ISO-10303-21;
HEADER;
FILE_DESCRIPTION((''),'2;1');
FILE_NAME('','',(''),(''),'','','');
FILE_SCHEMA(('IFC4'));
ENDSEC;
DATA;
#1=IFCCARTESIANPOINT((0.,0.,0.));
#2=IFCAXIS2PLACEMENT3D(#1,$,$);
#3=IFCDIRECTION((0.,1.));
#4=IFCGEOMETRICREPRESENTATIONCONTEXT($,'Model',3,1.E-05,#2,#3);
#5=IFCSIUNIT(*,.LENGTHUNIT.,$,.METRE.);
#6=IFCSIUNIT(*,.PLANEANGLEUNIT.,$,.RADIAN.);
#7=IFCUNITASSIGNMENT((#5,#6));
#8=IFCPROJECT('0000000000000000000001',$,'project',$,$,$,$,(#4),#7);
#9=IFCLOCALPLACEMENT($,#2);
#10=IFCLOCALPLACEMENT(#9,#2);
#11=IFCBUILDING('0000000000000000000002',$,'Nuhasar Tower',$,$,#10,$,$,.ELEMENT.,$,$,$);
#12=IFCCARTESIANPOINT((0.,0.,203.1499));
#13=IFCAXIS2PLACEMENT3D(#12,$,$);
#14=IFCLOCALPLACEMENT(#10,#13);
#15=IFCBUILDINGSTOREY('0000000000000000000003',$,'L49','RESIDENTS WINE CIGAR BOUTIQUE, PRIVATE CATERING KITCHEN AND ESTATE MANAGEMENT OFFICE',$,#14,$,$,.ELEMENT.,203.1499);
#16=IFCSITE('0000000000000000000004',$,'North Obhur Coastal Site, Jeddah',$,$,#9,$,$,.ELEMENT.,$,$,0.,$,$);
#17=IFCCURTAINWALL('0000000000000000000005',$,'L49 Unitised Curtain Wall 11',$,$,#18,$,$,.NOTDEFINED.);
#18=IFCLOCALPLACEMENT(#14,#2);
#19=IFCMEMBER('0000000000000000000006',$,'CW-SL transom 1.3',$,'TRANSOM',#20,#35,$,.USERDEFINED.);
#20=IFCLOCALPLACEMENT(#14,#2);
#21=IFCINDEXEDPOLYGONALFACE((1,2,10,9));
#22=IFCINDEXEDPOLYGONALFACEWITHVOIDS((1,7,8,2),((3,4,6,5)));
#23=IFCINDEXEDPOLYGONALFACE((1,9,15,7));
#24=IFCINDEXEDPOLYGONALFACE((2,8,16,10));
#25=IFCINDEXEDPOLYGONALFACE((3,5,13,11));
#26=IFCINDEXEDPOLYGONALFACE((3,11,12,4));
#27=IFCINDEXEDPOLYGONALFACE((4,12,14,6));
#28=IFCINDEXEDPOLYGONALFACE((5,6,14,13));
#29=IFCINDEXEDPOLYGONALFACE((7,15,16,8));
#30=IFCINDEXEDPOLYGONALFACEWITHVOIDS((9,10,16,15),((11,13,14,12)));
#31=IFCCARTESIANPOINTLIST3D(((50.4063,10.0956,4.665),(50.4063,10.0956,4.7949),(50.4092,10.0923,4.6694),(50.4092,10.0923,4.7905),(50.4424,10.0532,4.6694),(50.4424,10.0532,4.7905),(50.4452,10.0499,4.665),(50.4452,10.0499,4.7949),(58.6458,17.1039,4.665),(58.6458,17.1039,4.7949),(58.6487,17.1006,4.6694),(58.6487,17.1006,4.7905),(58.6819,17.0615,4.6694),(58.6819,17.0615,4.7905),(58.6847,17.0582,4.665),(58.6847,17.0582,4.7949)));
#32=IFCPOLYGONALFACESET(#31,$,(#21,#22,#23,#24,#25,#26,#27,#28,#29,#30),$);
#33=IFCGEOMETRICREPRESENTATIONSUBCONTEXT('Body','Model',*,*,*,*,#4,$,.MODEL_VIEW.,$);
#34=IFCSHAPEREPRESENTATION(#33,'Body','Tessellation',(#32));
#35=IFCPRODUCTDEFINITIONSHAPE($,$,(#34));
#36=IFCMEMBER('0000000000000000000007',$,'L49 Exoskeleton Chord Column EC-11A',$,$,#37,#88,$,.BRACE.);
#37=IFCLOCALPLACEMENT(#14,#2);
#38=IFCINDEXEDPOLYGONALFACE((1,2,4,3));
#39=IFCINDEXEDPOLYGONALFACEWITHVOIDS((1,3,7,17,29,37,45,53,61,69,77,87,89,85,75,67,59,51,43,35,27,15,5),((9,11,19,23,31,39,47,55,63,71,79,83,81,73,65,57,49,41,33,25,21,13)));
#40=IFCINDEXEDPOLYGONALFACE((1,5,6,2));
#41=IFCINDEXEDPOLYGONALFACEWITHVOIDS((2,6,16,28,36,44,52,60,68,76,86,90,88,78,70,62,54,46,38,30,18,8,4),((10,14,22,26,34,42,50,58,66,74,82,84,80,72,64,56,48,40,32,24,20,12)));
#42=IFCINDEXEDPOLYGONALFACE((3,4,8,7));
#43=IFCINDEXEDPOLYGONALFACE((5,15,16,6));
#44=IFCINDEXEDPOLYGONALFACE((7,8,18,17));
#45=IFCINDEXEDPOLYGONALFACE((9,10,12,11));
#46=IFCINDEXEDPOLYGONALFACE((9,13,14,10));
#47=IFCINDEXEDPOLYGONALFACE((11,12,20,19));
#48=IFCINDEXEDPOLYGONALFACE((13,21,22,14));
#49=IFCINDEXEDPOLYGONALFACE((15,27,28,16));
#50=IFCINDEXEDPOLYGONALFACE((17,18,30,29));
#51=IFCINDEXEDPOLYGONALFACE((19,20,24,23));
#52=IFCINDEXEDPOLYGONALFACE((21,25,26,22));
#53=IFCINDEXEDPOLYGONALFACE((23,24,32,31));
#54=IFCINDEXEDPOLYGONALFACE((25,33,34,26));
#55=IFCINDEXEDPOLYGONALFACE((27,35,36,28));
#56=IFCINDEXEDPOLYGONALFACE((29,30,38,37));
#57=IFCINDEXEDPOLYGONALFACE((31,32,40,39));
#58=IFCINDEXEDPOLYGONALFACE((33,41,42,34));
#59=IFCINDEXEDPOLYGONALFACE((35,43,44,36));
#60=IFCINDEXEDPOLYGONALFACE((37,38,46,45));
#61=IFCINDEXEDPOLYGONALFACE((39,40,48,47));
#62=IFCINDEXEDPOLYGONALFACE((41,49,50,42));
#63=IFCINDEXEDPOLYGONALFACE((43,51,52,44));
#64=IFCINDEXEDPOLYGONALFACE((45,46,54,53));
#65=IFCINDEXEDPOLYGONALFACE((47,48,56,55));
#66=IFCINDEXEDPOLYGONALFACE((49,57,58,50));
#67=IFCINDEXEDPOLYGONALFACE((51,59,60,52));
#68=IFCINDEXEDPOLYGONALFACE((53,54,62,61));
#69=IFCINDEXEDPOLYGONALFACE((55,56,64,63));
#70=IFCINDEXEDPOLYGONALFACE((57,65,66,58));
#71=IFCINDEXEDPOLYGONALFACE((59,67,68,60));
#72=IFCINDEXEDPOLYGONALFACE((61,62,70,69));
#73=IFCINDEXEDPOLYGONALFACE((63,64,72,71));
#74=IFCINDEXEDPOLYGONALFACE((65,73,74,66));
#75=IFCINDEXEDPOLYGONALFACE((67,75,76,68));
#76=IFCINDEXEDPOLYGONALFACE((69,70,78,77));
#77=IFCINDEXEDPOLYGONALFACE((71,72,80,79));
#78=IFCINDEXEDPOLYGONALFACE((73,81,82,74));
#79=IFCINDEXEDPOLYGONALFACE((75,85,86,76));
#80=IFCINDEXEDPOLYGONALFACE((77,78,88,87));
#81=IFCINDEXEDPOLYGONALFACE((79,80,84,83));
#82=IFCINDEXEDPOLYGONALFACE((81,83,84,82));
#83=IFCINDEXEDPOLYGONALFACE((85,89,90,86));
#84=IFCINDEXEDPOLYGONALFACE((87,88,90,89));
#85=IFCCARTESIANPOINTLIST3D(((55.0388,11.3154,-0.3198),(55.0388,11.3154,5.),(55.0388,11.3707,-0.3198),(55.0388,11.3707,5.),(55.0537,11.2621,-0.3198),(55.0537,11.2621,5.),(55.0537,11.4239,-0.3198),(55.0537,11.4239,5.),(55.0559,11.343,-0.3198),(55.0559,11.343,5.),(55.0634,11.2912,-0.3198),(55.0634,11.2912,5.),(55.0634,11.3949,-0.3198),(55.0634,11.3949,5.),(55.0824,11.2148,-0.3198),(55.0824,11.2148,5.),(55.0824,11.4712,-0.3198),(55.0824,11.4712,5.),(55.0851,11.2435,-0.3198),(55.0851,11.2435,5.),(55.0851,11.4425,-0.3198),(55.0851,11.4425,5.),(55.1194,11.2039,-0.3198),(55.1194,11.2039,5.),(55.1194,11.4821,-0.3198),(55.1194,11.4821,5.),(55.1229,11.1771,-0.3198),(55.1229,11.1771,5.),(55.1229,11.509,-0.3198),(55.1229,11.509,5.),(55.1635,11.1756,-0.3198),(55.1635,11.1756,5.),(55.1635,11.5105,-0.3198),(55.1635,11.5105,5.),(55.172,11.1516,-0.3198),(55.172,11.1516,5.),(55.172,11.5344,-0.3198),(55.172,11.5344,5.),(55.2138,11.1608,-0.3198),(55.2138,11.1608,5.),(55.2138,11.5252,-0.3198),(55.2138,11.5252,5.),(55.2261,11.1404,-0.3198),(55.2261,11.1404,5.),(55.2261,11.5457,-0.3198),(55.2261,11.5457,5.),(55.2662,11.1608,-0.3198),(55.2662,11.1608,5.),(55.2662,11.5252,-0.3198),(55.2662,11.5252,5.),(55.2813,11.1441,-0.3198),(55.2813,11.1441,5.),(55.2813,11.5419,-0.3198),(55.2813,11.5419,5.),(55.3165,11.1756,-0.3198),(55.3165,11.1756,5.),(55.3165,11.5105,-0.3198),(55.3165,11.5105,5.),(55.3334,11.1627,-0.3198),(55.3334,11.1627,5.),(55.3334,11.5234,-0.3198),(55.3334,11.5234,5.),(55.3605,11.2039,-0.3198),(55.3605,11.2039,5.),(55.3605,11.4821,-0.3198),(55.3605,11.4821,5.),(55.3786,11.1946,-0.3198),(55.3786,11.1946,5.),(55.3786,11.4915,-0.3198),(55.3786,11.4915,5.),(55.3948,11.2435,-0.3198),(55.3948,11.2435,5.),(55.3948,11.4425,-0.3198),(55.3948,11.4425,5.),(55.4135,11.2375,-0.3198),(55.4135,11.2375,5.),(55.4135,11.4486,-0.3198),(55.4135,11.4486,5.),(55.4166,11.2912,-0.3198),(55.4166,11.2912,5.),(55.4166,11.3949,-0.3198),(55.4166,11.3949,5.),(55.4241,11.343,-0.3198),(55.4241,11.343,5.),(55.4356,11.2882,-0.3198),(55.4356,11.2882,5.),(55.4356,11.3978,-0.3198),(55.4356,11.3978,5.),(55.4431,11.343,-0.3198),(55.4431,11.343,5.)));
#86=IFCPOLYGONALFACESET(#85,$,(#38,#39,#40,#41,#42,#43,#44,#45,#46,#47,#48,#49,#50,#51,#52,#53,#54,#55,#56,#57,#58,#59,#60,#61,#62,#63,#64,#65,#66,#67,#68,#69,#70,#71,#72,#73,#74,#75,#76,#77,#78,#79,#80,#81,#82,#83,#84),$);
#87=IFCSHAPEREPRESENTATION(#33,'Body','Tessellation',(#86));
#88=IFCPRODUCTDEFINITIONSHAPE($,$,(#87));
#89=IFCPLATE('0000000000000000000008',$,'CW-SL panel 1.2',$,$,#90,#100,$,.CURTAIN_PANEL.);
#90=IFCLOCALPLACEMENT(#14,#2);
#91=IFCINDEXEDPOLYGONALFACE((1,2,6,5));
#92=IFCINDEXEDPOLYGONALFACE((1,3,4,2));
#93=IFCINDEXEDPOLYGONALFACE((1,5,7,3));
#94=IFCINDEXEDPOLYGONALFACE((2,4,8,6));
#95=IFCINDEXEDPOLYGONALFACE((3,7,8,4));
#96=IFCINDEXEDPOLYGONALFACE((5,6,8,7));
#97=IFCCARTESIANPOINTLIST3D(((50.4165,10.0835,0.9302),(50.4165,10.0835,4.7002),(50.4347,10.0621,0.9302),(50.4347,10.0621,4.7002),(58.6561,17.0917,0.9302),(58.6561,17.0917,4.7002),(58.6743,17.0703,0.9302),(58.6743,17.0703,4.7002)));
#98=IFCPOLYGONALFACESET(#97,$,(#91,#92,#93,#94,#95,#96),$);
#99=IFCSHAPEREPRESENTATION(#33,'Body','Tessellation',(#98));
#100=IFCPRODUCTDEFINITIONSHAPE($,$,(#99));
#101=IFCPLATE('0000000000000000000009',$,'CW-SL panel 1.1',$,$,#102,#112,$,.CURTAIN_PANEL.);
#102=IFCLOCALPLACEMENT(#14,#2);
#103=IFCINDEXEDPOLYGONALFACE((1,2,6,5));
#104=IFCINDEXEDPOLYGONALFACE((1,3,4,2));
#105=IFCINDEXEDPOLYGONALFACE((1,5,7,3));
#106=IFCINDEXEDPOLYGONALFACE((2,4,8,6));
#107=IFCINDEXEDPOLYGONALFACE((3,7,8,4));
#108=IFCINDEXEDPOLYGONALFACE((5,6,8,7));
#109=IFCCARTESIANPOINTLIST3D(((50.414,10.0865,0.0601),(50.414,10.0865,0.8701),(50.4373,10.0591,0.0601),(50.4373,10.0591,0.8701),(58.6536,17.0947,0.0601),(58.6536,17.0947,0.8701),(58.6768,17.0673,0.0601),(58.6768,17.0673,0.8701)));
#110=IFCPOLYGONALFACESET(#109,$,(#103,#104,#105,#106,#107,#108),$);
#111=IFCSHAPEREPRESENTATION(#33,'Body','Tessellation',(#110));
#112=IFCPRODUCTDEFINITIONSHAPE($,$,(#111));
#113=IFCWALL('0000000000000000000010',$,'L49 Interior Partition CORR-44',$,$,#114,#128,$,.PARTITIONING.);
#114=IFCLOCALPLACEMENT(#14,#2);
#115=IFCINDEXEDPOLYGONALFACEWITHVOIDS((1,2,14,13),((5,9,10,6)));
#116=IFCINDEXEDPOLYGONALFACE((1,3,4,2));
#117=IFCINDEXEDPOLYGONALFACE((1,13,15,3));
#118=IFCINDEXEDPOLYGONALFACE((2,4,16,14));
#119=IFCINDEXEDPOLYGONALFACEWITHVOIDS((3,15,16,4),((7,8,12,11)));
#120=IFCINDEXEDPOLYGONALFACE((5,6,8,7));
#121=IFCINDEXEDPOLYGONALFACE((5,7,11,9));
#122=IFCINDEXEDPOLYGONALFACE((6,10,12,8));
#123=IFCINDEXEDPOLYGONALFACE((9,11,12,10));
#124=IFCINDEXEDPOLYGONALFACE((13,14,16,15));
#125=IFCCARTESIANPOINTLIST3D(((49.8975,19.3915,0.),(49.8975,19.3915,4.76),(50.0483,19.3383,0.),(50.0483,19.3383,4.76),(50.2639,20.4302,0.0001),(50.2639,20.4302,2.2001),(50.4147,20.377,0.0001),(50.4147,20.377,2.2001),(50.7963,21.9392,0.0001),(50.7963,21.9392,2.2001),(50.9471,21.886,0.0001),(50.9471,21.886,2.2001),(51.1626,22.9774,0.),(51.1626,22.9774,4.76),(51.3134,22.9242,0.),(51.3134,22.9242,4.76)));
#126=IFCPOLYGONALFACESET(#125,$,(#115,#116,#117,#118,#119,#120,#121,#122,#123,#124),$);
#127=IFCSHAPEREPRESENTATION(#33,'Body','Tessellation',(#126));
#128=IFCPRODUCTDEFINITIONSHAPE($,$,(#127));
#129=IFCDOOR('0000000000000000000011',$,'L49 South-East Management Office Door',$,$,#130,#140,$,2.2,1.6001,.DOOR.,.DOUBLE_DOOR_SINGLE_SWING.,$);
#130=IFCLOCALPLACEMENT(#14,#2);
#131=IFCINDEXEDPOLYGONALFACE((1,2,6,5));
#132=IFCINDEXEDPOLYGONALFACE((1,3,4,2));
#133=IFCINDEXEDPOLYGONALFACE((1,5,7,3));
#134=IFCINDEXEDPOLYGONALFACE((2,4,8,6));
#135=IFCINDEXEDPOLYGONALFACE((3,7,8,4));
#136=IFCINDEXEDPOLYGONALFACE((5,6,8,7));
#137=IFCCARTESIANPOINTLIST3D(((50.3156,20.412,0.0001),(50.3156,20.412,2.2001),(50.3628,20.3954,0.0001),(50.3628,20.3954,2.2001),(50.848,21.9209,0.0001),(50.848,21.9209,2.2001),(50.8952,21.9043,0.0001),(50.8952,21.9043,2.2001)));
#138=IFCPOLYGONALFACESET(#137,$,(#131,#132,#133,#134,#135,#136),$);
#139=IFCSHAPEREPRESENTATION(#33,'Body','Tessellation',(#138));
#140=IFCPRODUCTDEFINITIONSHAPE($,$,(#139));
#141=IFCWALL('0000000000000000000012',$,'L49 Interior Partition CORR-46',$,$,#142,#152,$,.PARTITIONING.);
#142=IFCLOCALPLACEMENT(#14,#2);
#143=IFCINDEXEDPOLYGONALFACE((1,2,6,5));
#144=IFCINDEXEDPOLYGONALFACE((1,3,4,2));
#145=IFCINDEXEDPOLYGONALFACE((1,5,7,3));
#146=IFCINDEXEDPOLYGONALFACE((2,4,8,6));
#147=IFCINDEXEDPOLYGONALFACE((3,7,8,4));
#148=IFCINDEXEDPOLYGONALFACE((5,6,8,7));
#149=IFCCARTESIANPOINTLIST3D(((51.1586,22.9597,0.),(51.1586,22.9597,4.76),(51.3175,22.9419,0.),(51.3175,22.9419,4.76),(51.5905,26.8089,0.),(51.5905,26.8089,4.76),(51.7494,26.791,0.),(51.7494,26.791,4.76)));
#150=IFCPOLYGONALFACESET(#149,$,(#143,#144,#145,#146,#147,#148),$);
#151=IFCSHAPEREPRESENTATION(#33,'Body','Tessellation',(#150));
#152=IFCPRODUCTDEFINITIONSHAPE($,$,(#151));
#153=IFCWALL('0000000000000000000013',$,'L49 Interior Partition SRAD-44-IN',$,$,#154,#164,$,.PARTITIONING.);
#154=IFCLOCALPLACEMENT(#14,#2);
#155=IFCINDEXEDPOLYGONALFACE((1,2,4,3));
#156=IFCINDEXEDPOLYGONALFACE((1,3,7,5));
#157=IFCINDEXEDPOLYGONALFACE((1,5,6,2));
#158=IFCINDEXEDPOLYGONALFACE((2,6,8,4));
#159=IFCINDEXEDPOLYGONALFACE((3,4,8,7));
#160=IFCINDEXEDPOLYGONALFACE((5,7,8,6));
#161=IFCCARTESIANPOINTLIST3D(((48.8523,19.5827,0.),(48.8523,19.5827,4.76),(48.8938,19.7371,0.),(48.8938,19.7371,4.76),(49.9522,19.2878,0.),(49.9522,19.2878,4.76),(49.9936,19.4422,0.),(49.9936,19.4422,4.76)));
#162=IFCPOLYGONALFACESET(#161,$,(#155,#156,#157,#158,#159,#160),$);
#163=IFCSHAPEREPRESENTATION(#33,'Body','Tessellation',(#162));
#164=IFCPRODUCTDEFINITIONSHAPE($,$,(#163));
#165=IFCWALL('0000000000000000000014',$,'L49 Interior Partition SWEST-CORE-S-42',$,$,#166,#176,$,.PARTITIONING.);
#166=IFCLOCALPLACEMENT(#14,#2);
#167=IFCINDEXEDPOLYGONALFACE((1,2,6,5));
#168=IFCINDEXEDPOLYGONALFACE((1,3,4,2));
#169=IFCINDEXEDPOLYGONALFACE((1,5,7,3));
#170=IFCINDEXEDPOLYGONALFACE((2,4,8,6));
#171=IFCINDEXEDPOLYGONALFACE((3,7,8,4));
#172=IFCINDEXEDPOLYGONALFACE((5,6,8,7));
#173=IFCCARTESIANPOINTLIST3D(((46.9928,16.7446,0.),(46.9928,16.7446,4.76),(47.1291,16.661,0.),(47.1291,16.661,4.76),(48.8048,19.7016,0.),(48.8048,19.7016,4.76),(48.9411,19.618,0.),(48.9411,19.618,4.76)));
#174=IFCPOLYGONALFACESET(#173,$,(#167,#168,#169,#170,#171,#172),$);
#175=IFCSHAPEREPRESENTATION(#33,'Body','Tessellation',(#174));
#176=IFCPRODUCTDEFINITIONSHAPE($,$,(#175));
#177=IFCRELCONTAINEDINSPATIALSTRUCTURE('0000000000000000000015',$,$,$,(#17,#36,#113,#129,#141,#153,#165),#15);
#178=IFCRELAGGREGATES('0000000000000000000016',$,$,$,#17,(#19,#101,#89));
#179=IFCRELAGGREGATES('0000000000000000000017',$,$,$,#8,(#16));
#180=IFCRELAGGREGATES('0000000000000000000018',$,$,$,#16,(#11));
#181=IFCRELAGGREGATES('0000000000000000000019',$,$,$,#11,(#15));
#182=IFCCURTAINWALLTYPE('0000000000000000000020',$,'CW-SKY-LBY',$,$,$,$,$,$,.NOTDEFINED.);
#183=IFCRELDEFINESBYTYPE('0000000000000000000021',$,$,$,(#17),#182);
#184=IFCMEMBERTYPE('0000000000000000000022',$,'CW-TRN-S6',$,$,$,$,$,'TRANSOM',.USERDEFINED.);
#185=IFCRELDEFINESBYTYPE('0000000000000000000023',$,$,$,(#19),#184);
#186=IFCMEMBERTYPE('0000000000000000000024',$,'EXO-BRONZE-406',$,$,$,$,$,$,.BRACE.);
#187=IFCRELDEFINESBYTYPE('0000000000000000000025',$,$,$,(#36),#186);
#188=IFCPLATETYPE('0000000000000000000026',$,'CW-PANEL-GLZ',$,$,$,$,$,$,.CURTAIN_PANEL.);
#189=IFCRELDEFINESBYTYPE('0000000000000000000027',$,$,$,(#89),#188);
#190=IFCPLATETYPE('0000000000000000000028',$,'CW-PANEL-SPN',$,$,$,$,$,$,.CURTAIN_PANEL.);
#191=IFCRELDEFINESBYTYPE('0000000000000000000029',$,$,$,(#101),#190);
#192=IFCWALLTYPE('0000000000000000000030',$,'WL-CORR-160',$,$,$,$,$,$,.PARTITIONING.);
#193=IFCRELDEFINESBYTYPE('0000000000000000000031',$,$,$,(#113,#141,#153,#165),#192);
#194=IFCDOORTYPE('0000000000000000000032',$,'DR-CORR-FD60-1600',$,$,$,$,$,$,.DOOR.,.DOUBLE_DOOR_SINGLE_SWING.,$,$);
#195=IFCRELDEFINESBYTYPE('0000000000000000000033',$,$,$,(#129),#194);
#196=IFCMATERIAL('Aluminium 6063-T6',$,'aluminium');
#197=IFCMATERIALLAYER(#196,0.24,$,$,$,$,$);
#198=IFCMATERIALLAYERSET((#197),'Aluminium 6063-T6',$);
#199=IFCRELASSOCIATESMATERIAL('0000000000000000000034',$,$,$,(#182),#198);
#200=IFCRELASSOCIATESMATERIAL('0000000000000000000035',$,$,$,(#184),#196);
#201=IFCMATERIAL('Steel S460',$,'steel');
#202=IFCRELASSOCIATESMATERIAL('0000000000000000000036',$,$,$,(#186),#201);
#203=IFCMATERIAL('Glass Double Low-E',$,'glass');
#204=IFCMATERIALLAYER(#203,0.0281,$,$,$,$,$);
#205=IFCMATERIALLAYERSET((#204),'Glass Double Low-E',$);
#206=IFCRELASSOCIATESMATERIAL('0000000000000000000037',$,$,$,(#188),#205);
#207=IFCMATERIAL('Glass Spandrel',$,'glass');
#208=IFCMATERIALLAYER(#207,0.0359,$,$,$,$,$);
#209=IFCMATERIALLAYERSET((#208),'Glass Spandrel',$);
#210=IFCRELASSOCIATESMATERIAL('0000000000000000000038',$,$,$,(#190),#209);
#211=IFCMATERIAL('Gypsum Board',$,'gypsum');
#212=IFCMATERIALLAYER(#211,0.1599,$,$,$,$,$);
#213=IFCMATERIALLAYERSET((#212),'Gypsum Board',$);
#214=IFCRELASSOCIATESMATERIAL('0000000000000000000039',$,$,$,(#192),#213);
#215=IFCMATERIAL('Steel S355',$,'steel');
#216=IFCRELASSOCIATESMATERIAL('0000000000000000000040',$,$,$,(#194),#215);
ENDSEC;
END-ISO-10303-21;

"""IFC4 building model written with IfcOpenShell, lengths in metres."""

from ifc_helpers import new_model, si_unit, direction, frame, frame_2d, origin, origin_2d, place, context, subcontext, project, spatial, rectangle, hollow_rectangle, hollow_circle, extrude, material, layer, layer_set, material_profile, profile_set, type_object, element, fill, aggregate, save


model = new_model("IFC4")

# Units and contexts
model_context = context("Model", 3, precision=1e-05, world=origin(), true_north=direction((0.0, 1.0)))
body_context = subcontext(model_context, "Body", "Model", "MODEL_VIEW")
ifc_project = project(units=[si_unit("LENGTHUNIT", "METRE"), si_unit("PLANEANGLEUNIT", "RADIAN")], contexts=[model_context])

# Site, building, storey
site_placement = place(None, origin())
site = spatial("IfcSite", under=ifc_project, at=site_placement, Name="North Obhur Coastal Site, Jeddah", CompositionType="ELEMENT", RefElevation=0.0)
building_placement = place(site_placement, origin())
building = spatial("IfcBuilding", under=site, at=building_placement, Name="Nuhasar Tower", CompositionType="ELEMENT")
storey_placement = place(building_placement, frame((0.0, 0.0, 203.1499)))
storey = spatial("IfcBuildingStorey", under=building, at=storey_placement, Name="L49", Description="RESIDENTS WINE CIGAR BOUTIQUE, PRIVATE CATERING KITCHEN AND ESTATE MANAGEMENT OFFICE", CompositionType="ELEMENT", Elevation=203.1499)

# Shared definitions
ifc_material_1 = material(Name="Steel S460", Category="steel")

# Shared definitions
ifc_material_2 = material(Name="Aluminium 6063-T6", Category="aluminium")
ifc_layer_1 = layer(ifc_material_2, 0.24)
ifc_layer_set_1 = layer_set([ifc_layer_1], Name="Aluminium 6063-T6")
curtain_wall_type = type_object("IfcCurtainWallType", Name="CW-SKY-LBY", PredefinedType="NOTDEFINED", material=ifc_layer_set_1)

# Curtain wall, member
curtain_wall_1_placement = place(storey_placement, origin())
curtain_wall_1 = element("IfcCurtainWall", 1, at=curtain_wall_1_placement, inside=storey, type_object=curtain_wall_type, Name="L49 Unitised Curtain Wall 11", PredefinedType="NOTDEFINED")
ifc_material_profile_1 = material_profile(ifc_material_2, hollow_rectangle(XDim=0.0601, YDim=0.1299, WallThickness=0.0044, at=origin_2d()), Name="CWT-6")
ifc_profile_set_1 = profile_set([ifc_material_profile_1], Name="Aluminium 6063-T6")
member_type_1 = type_object("IfcMemberType", Name="CW-TRN-S6", ElementType="TRANSOM", PredefinedType="USERDEFINED", material=ifc_profile_set_1)
member_1_placement = place(storey_placement, frame((50.4258, 10.0728, 4.73), z_axis=(0.761724, 0.647902, 0.0), x_axis=(-0.647902, 0.761724, 0.0)))
member_1 = element("IfcMember", 2, at=member_1_placement, type_object=member_type_1, Name="CW-SL transom 1.3", ObjectType="TRANSOM", PredefinedType="USERDEFINED", context=body_context, shape_type="SweptSolid", body=[
    extrude(hollow_rectangle(XDim=0.0601, YDim=0.1299, WallThickness=0.0044, at=origin_2d()), origin(), (0.0, 0.0, 1.0), 10.8169),
])

# Member
ifc_material_profile_2 = material_profile(ifc_material_1, hollow_circle(Radius=0.2031, WallThickness=0.019, at=origin_2d()), Name="HSS406.4X19.1")
ifc_profile_set_2 = profile_set([ifc_material_profile_2], Name="Steel S460")
member_type_2 = type_object("IfcMemberType", Name="EXO-BRONZE-406", PredefinedType="BRACE", material=ifc_profile_set_2)
member_2_placement = place(storey_placement, frame((55.24, 11.343, -0.3198), z_axis=(0.0, 0.0, 1.0), x_axis=(1.0, 0.0, 0.0)))
element("IfcMember", 3, at=member_2_placement, inside=storey, type_object=member_type_2, Name="L49 Exoskeleton Chord Column EC-11A", PredefinedType="BRACE", context=body_context, shape_type="SweptSolid", body=[
    extrude(hollow_circle(Radius=0.2031, WallThickness=0.019, at=origin_2d()), origin(), (0.0, 0.0, 1.0), 5.3198),
])

# Plates
ifc_material_3 = material(Name="Glass Double Low-E", Category="glass")
ifc_layer_2 = layer(ifc_material_3, 0.0281)
ifc_layer_set_2 = layer_set([ifc_layer_2], Name="Glass Double Low-E")
plate_type_1 = type_object("IfcPlateType", Name="CW-PANEL-GLZ", PredefinedType="CURTAIN_PANEL", material=ifc_layer_set_2)
plate_1_placement = place(storey_placement, frame((54.5454, 13.5769, 0.9302), z_axis=(0.0, 0.0, 1.0), x_axis=(0.761729, 0.647895, 0.0)))
plate_1 = element("IfcPlate", 4, at=plate_1_placement, type_object=plate_type_1, Name="CW-SL panel 1.2", PredefinedType="CURTAIN_PANEL", context=body_context, shape_type="SweptSolid", body=[
    extrude(rectangle(XDim=10.8169, YDim=0.0281, at=origin_2d()), origin(), (0.0, 0.0, 1.0), 3.77),
])
ifc_material_4 = material(Name="Glass Spandrel", Category="glass")
ifc_layer_3 = layer(ifc_material_4, 0.0359)
ifc_layer_set_3 = layer_set([ifc_layer_3], Name="Glass Spandrel")
plate_type_2 = type_object("IfcPlateType", Name="CW-PANEL-SPN", PredefinedType="CURTAIN_PANEL", material=ifc_layer_set_3)
plate_2_placement = place(storey_placement, frame((54.5454, 13.5769, 0.0601), z_axis=(0.0, 0.0, 1.0), x_axis=(0.761729, 0.647895, 0.0)))
plate_2 = element("IfcPlate", 5, at=plate_2_placement, type_object=plate_type_2, Name="CW-SL panel 1.1", PredefinedType="CURTAIN_PANEL", context=body_context, shape_type="SweptSolid", body=[
    extrude(rectangle(XDim=10.8169, YDim=0.0359, at=origin_2d()), origin(), (0.0, 0.0, 1.0), 0.8101),
])
aggregate(curtain_wall_1, [member_1, plate_2, plate_1])

# Wall, opening, door
ifc_material_5 = material(Name="Gypsum Board", Category="gypsum")
ifc_layer_4 = layer(ifc_material_5, 0.1599)
ifc_layer_set_4 = layer_set([ifc_layer_4], Name="Gypsum Board")
wall_type_1 = type_object("IfcWallType", Name="WL-CORR-160", PredefinedType="PARTITIONING", material=ifc_layer_set_4)
wall_1_placement = place(storey_placement, frame((51.238, 22.9509, 0.0), z_axis=(0.0, 0.0, 1.0), x_axis=(-0.332706, -0.943031, 0.0)))
wall_1 = element("IfcWall", 6, at=wall_1_placement, inside=storey, type_object=wall_type_1, Name="L49 Interior Partition CORR-44", PredefinedType="PARTITIONING", context=body_context, shape_type="SweptSolid", body=[
    extrude(rectangle(XDim=3.8025, YDim=0.1599, at=frame_2d((1.9014, 0.0))), origin(), (0.0, 0.0, 1.0), 4.76),
])
opening_1_placement = place(wall_1_placement, frame((1.1011, 0.0, 0.0)))
opening_1 = element("IfcOpeningElement", 7, at=opening_1_placement, cuts=wall_1, PredefinedType="OPENING", context=body_context, shape_type="SweptSolid", body=[
    extrude(rectangle(XDim=1.6001, YDim=2.2, at=frame_2d((0.8, 1.1001))), frame((0.0, 0.0898, 0.0), z_axis=(0.0, -1.0, 0.0), x_axis=(1.0, 0.0, 0.0)), (0.0, 0.0, 1.0), 0.1799),
])
ifc_material_6 = material(Name="Steel S355", Category="steel")
door_type = type_object("IfcDoorType", Name="DR-CORR-FD60-1600", OperationType="DOUBLE_DOOR_SINGLE_SWING", PredefinedType="DOOR", material=ifc_material_6)
door_1_placement = place(opening_1_placement, origin())
door_1 = element("IfcDoor", 8, at=door_1_placement, inside=storey, type_object=door_type, Name="L49 South-East Management Office Door", OperationType="DOUBLE_DOOR_SINGLE_SWING", OverallHeight=2.2, OverallWidth=1.6001, PredefinedType="DOOR", context=body_context, shape_type="SweptSolid", body=[
    extrude(rectangle(XDim=1.6001, YDim=2.2, at=frame_2d((0.8, 1.1001))), frame((0.0, 0.0249, 0.0), z_axis=(0.0, -1.0, 0.0), x_axis=(1.0, 0.0, 0.0)), (0.0, 0.0, 1.0), 0.05),
])
fill(opening_1, door_1)

# Walls
wall_2_placement = place(storey_placement, frame((51.238, 22.9509, 0.0), z_axis=(0.0, 0.0, 1.0), x_axis=(0.111504, 0.993764, 0.0)))
element("IfcWall", 9, at=wall_2_placement, inside=storey, type_object=wall_type_1, Name="L49 Interior Partition CORR-46", PredefinedType="PARTITIONING", context=body_context, shape_type="SweptSolid", body=[
    extrude(rectangle(XDim=3.8733, YDim=0.1599, at=frame_2d((1.9365, 0.0))), origin(), (0.0, 0.0, 1.0), 4.76),
])
wall_3_placement = place(storey_placement, frame((48.873, 19.6599, 0.0), z_axis=(0.0, 0.0, 1.0), x_axis=(0.965878, -0.258997, 0.0)))
element("IfcWall", 10, at=wall_3_placement, inside=storey, type_object=wall_type_1, Name="L49 Interior Partition SRAD-44-IN", PredefinedType="PARTITIONING", context=body_context, shape_type="SweptSolid", body=[
    extrude(rectangle(XDim=1.1387, YDim=0.1599, at=frame_2d((0.5693, 0.0))), origin(), (0.0, 0.0, 1.0), 4.76),
])
wall_4_placement = place(storey_placement, frame((47.061, 16.7029, 0.0), z_axis=(0.0, 0.0, 1.0), x_axis=(0.522486, 0.852648, 0.0)))
element("IfcWall", 11, at=wall_4_placement, inside=storey, type_object=wall_type_1, Name="L49 Interior Partition SWEST-CORE-S-42", PredefinedType="PARTITIONING", context=body_context, shape_type="SweptSolid", body=[
    extrude(rectangle(XDim=3.468, YDim=0.1599, at=frame_2d((1.7339, 0.0))), origin(), (0.0, 0.0, 1.0), 4.76),
])

save(model, "model.ifc")
